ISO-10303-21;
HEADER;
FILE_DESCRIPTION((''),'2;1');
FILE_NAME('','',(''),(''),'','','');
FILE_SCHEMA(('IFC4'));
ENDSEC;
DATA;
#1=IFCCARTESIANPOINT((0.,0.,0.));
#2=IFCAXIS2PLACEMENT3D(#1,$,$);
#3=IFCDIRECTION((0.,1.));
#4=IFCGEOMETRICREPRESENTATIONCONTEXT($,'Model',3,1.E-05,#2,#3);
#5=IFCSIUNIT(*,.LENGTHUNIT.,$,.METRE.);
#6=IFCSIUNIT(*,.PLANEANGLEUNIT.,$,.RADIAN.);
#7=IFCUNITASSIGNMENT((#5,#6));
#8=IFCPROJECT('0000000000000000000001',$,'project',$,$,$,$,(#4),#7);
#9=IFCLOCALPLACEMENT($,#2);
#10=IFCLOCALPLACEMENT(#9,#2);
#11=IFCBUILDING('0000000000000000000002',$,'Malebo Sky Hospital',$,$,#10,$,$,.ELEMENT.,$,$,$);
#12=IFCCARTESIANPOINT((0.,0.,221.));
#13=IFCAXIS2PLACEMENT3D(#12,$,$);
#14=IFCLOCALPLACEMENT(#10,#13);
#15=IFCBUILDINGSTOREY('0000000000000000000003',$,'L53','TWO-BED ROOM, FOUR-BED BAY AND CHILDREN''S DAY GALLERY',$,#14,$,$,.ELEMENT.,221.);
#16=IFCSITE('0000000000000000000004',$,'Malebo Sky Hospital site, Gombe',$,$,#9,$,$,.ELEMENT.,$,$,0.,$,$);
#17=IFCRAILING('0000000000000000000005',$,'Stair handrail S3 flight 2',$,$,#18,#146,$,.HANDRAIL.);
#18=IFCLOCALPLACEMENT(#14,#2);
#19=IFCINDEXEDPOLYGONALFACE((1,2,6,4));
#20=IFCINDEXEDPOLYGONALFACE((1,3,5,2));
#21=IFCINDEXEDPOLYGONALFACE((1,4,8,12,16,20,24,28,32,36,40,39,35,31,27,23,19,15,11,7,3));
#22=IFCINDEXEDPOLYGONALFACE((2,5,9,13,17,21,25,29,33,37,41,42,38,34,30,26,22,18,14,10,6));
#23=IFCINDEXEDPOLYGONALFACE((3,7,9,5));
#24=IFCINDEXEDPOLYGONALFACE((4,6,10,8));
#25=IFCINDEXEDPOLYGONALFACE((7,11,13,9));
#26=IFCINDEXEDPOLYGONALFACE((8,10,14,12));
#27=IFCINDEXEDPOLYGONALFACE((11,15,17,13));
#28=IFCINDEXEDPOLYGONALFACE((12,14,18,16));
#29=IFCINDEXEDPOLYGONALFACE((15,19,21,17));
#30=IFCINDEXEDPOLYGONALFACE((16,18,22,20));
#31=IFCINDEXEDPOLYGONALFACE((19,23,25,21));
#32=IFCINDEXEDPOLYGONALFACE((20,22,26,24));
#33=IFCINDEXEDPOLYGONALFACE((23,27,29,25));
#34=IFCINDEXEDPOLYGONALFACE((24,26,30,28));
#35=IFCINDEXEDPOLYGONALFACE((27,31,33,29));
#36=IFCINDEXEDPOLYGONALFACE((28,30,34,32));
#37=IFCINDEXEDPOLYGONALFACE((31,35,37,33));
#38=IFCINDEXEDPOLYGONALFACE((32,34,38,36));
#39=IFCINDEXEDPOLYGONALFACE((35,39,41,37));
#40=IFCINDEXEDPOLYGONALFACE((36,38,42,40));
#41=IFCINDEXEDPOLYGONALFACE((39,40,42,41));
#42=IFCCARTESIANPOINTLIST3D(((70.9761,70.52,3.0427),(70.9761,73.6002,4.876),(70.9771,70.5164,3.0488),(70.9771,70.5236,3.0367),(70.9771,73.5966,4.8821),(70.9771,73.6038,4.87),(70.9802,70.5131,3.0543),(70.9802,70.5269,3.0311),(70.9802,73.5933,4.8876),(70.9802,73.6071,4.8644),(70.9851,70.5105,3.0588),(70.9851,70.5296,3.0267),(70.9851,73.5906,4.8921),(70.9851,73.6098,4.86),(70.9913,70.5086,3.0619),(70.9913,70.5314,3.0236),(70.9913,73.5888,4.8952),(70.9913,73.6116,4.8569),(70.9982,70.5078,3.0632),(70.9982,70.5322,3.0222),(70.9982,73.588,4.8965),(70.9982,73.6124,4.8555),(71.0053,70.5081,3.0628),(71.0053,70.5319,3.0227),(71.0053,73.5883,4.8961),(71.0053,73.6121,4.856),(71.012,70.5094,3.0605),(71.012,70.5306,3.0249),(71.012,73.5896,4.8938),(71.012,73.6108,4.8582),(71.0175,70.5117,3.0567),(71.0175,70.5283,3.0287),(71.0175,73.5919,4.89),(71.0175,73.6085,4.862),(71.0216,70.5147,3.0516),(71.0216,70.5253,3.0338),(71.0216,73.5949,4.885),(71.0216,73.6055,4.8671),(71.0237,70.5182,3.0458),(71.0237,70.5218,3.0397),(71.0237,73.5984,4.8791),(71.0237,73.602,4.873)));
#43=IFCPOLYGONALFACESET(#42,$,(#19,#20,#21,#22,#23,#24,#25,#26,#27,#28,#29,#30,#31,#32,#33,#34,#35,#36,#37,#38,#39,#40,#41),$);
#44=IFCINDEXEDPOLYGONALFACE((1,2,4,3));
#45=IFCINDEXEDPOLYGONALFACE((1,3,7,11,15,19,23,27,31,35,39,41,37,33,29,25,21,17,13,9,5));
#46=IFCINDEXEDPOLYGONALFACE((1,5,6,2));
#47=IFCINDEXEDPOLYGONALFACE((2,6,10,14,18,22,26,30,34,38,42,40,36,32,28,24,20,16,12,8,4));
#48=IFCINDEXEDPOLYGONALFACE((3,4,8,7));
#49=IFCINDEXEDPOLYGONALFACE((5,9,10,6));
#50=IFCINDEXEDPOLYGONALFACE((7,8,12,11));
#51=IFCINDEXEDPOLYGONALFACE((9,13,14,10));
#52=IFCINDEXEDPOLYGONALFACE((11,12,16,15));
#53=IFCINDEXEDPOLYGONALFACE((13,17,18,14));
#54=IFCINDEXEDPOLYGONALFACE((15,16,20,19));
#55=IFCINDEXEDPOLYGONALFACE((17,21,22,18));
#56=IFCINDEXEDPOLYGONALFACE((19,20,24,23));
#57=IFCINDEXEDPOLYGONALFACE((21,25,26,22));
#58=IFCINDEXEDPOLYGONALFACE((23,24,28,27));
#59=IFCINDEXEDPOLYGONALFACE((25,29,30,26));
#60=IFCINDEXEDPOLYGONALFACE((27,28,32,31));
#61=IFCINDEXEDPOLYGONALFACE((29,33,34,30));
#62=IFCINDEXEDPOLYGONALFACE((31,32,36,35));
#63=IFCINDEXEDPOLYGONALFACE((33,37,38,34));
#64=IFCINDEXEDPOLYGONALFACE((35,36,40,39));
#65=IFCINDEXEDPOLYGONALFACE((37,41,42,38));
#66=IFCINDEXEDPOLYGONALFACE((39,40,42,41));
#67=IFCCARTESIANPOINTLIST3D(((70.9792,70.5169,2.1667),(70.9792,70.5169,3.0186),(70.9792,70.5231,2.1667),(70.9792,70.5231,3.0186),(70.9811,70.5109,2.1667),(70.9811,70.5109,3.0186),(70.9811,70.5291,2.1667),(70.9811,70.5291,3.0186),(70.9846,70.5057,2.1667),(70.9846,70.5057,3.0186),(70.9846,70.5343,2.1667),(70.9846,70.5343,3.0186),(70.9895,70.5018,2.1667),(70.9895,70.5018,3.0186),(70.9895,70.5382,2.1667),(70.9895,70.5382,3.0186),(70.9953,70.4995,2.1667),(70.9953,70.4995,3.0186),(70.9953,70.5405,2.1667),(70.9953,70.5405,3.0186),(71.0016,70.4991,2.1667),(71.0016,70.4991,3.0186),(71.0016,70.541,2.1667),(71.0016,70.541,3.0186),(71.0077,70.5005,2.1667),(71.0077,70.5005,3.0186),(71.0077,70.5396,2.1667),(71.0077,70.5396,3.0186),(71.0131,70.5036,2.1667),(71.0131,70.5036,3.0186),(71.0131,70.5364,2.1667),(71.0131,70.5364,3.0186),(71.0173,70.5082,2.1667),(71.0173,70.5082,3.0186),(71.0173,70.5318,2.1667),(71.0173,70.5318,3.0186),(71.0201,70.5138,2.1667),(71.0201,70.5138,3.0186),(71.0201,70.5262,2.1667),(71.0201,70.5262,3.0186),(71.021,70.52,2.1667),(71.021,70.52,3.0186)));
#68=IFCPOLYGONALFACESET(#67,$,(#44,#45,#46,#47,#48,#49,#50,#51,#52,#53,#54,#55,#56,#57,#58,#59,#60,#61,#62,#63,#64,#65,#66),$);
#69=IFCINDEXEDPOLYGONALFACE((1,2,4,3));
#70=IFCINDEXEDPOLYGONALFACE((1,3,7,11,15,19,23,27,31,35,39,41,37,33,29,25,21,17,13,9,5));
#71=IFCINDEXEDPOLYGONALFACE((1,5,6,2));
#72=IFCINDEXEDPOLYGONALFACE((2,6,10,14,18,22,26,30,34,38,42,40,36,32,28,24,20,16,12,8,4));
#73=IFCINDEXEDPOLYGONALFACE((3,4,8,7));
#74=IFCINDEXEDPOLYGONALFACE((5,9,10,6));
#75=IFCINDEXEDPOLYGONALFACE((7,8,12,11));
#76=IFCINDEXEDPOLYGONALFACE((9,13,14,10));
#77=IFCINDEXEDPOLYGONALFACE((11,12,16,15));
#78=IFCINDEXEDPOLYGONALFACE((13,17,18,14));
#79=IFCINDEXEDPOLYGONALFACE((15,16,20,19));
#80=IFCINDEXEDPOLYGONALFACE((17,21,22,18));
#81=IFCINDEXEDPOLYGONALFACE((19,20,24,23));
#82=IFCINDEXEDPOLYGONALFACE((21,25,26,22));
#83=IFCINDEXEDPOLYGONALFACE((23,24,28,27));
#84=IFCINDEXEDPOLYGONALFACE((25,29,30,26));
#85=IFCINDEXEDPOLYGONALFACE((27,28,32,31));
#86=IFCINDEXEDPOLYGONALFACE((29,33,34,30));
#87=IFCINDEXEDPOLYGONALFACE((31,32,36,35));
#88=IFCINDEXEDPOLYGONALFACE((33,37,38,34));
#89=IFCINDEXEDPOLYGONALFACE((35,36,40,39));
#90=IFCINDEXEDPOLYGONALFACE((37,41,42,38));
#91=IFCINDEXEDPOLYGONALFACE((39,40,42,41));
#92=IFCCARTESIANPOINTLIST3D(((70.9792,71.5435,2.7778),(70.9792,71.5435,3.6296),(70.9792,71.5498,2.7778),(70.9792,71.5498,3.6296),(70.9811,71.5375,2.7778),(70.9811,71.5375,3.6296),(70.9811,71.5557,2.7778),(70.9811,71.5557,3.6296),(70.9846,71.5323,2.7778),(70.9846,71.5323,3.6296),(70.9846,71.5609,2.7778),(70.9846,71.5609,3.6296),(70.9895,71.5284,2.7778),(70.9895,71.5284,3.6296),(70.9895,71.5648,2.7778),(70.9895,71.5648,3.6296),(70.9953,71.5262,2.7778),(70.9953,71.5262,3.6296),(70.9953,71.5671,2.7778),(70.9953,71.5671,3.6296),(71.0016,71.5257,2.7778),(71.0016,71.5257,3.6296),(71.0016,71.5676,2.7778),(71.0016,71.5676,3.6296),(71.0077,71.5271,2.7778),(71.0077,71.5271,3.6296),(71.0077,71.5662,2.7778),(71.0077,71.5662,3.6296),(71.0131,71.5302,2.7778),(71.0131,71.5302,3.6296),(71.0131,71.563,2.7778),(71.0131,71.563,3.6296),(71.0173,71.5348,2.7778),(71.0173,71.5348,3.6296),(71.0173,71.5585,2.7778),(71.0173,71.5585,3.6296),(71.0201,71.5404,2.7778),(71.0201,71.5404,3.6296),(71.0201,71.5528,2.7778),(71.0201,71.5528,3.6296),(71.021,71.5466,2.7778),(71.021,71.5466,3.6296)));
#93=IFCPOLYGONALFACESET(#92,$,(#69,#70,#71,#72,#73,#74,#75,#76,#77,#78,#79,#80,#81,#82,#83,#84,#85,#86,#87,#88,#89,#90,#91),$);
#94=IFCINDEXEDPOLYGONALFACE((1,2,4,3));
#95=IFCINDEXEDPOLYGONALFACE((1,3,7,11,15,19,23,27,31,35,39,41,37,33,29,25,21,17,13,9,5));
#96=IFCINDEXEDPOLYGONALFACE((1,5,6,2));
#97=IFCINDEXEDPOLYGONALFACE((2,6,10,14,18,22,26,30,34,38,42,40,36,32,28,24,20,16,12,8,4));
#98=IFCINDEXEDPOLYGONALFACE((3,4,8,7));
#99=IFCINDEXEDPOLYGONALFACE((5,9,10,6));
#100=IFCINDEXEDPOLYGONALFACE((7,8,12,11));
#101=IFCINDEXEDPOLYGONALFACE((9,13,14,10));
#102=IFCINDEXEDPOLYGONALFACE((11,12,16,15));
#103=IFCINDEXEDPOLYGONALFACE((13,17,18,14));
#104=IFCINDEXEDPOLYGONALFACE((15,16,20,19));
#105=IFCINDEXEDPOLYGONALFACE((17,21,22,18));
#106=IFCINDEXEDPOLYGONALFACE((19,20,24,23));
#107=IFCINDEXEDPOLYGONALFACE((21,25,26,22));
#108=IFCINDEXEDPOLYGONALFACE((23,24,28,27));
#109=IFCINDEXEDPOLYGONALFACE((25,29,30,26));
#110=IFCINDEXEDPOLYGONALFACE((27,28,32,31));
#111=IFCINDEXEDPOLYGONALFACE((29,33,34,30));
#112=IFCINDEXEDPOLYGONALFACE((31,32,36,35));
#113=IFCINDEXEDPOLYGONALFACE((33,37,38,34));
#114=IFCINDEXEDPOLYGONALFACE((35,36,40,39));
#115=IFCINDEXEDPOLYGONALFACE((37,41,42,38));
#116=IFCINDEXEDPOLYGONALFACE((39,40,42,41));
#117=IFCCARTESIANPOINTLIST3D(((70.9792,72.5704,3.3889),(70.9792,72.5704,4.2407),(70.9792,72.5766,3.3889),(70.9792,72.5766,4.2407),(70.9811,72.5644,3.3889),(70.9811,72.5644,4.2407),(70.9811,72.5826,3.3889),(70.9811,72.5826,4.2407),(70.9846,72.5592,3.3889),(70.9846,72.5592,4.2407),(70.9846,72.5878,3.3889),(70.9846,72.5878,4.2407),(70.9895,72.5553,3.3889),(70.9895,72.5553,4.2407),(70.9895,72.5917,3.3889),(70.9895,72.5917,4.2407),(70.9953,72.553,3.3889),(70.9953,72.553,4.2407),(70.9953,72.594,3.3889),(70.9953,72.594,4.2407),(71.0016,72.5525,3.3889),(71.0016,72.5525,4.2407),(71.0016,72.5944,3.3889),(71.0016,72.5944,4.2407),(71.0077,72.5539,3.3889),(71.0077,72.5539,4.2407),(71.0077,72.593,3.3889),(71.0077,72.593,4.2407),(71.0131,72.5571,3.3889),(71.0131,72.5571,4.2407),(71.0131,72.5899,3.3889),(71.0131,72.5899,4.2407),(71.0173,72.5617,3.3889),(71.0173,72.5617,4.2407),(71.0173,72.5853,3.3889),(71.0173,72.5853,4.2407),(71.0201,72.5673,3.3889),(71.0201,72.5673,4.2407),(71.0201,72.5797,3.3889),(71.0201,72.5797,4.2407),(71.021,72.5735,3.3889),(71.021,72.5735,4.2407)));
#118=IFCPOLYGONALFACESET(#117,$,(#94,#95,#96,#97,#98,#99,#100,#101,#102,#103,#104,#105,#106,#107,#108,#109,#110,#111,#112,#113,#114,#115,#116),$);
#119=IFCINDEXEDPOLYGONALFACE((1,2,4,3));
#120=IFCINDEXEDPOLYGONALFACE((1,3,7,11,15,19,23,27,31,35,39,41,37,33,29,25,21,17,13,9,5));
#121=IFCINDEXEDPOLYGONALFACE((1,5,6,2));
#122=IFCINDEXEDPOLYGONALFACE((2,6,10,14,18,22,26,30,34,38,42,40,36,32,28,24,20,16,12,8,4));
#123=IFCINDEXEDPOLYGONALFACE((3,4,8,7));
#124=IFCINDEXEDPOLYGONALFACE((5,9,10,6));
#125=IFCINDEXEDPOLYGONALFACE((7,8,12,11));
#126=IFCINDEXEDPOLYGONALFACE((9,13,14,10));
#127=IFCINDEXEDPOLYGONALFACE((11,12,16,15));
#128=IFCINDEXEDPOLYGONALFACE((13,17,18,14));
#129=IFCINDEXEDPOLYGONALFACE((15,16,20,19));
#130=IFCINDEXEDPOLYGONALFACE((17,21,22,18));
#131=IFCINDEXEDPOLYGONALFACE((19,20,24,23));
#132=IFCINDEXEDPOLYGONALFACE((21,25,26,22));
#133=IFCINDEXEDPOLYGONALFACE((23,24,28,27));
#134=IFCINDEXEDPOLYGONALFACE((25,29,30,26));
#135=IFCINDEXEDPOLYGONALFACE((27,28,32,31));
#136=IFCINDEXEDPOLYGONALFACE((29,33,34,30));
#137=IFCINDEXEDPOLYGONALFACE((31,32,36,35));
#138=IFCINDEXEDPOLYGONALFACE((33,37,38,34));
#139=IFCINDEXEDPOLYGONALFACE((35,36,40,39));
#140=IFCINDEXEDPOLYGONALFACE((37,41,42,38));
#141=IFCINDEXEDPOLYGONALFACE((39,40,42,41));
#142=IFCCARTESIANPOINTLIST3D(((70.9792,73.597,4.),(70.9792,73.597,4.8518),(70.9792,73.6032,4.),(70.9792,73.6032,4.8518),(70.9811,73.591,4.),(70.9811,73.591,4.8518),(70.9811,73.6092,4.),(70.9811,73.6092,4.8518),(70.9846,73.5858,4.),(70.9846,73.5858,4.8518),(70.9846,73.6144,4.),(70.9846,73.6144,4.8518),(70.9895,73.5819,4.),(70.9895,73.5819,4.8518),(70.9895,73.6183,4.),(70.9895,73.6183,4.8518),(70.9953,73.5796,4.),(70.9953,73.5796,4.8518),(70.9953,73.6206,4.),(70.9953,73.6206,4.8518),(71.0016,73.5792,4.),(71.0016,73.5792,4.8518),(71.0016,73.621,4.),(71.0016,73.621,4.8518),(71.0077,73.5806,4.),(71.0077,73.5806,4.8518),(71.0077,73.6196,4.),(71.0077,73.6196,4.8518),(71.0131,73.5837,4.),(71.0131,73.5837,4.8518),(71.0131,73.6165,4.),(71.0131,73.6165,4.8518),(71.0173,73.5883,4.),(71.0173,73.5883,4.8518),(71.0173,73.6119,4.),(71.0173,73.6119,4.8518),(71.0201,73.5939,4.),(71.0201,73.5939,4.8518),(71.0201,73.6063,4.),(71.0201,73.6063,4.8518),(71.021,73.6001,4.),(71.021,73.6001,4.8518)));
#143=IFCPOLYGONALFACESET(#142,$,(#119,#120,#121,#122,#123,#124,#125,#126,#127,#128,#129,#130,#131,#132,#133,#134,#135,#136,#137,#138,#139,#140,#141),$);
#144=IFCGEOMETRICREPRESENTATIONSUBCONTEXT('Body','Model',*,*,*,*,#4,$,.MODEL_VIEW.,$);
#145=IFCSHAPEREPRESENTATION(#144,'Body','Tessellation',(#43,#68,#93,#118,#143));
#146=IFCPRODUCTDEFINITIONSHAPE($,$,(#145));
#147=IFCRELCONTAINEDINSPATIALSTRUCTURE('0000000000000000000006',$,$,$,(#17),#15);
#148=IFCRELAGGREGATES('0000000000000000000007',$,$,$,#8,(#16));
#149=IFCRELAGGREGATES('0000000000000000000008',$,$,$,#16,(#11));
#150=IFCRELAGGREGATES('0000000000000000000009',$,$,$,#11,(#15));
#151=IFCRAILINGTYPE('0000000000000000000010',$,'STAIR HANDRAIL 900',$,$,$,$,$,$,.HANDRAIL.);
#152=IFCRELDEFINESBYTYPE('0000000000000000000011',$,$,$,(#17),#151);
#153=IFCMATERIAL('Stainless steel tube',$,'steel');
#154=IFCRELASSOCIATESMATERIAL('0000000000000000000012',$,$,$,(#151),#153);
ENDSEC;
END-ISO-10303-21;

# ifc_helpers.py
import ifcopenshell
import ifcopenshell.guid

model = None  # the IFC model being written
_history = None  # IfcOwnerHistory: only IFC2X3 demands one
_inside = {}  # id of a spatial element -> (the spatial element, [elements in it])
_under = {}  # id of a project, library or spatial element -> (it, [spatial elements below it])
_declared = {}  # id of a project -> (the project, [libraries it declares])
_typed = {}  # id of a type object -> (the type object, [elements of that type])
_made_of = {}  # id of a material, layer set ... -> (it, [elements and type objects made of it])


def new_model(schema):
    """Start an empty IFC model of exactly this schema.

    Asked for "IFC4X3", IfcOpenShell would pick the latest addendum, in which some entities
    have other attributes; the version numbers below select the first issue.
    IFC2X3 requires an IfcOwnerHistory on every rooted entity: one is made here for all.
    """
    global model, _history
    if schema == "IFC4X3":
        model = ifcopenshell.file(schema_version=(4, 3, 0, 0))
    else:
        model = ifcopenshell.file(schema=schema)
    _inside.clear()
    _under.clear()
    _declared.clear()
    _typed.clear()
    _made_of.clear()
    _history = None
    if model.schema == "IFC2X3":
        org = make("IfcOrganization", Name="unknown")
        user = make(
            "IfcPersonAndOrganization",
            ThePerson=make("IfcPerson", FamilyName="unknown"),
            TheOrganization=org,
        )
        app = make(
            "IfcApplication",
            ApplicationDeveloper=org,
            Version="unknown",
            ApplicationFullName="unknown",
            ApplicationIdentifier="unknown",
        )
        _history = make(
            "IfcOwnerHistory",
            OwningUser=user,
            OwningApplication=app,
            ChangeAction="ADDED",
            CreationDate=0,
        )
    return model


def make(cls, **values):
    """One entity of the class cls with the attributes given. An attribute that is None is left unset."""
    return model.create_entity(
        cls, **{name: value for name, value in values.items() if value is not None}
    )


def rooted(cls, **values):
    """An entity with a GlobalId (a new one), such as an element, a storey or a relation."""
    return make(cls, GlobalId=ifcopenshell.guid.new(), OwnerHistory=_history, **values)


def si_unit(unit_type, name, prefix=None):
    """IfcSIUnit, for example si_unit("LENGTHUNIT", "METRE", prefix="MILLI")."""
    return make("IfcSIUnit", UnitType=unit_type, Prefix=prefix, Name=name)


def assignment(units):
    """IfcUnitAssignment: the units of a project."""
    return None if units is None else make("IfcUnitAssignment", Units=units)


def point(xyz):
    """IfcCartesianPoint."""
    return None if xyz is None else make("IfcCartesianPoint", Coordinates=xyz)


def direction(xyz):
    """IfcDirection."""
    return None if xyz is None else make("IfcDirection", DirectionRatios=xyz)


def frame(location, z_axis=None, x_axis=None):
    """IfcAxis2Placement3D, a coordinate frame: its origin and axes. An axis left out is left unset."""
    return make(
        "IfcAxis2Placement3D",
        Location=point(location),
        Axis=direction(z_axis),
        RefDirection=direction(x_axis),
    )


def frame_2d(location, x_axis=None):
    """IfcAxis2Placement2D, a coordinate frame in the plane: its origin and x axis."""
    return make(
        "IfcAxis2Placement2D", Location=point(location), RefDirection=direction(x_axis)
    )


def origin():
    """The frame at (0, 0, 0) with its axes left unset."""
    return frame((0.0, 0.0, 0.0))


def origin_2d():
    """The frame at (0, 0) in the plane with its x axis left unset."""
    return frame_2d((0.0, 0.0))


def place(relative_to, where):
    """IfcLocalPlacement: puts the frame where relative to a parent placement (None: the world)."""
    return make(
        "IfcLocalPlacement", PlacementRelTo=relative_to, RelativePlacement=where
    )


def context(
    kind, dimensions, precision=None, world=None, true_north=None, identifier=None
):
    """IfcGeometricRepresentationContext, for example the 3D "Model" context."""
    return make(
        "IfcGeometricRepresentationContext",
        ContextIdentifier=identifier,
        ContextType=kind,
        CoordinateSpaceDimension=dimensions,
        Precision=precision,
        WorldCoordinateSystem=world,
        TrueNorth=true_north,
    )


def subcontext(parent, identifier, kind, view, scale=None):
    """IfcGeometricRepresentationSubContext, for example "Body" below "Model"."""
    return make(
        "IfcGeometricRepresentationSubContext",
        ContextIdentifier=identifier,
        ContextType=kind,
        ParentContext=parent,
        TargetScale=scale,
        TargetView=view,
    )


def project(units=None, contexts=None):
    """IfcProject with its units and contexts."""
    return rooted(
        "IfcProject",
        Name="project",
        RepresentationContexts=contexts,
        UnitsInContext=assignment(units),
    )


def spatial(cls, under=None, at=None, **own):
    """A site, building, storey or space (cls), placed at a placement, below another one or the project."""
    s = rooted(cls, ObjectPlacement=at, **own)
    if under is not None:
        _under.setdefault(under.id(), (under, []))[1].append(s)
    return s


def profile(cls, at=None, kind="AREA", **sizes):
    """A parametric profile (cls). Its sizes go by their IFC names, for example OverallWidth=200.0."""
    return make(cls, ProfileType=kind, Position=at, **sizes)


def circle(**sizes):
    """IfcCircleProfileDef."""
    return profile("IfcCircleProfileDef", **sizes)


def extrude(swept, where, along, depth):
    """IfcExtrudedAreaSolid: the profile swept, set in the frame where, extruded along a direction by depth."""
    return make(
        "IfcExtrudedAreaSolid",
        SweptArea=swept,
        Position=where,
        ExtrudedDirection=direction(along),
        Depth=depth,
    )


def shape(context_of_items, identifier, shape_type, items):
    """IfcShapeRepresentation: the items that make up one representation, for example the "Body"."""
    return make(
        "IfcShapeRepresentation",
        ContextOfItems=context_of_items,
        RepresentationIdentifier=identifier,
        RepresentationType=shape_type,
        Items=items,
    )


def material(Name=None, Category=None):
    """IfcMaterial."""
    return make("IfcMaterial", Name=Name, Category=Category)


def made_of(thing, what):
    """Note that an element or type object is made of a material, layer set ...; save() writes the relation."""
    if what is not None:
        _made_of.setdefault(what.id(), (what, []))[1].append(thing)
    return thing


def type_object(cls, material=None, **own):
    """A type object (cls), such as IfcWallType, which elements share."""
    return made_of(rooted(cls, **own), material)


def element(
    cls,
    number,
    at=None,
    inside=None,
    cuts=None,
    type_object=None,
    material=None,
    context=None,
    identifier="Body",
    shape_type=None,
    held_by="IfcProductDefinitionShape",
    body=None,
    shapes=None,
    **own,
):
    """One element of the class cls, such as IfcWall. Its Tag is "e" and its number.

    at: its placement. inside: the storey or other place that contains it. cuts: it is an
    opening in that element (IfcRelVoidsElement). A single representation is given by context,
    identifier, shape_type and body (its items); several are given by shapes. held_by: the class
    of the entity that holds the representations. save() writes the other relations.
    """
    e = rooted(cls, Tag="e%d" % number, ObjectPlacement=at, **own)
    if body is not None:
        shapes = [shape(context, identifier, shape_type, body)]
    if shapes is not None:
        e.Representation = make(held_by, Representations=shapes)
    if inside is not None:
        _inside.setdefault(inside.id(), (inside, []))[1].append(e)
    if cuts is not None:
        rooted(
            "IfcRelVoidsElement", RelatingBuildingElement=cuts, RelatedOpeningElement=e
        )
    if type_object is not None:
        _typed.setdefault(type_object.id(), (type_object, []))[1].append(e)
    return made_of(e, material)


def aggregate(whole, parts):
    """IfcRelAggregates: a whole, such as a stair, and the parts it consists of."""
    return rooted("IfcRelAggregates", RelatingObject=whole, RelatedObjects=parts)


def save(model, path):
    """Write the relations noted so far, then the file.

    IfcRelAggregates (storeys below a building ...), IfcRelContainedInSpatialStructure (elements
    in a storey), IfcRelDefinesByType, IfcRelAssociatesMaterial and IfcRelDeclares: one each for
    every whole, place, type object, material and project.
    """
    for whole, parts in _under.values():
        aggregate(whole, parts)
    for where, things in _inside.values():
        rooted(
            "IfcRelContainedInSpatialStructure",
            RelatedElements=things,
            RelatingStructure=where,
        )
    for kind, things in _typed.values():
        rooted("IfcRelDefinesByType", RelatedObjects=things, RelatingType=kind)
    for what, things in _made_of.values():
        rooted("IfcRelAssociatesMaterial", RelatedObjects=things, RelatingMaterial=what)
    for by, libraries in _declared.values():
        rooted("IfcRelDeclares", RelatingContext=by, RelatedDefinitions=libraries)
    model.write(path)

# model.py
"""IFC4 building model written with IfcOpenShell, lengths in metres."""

from ifc_helpers import new_model, si_unit, direction, frame, origin, origin_2d, place, context, subcontext, project, spatial, circle, extrude, material, type_object, element, save


model = new_model("IFC4")

# Units and contexts
model_context = context("Model", 3, precision=1e-05, world=origin(), true_north=direction((0.0, 1.0)))
body_context = subcontext(model_context, "Body", "Model", "MODEL_VIEW")
ifc_project = project(units=[si_unit("LENGTHUNIT", "METRE"), si_unit("PLANEANGLEUNIT", "RADIAN")], contexts=[model_context])

# Site, building, storey
site_placement = place(None, origin())
site = spatial("IfcSite", under=ifc_project, at=site_placement, Name="Malebo Sky Hospital site, Gombe", CompositionType="ELEMENT", RefElevation=0.0)
building_placement = place(site_placement, origin())
building = spatial("IfcBuilding", under=site, at=building_placement, Name="Malebo Sky Hospital", CompositionType="ELEMENT")
storey_placement = place(building_placement, frame((0.0, 0.0, 221.0)))
storey = spatial("IfcBuildingStorey", under=building, at=storey_placement, Name="L53", Description="TWO-BED ROOM, FOUR-BED BAY AND CHILDREN'S DAY GALLERY", CompositionType="ELEMENT", Elevation=221.0)

# Railing
ifc_material_1 = material(Name="Stainless steel tube", Category="steel")
railing_type = type_object("IfcRailingType", Name="STAIR HANDRAIL 900", PredefinedType="HANDRAIL", material=ifc_material_1)
railing_1_placement = place(storey_placement, frame((71.0, 70.52, 2.1667)))
element("IfcRailing", 1, at=railing_1_placement, inside=storey, type_object=railing_type, Name="Stair handrail S3 flight 2", PredefinedType="HANDRAIL", context=body_context, shape_type="SweptSolid", body=[
    extrude(circle(Radius=0.0239, at=origin_2d()), frame((0.0, 0.0, 0.876), z_axis=(0.0, 0.859309, 0.511458), x_axis=(-1.0, 0.0, 0.0)), (0.0, 0.0, 1.0), 3.5845),
    extrude(circle(Radius=0.021, at=origin_2d()), origin(), (0.0, 0.0, 1.0), 0.8518),
    extrude(circle(Radius=0.021, at=origin_2d()), frame((0.0, 1.0266, 0.6111)), (0.0, 0.0, 1.0), 0.8518),
    extrude(circle(Radius=0.021, at=origin_2d()), frame((0.0, 2.0535, 1.2222)), (0.0, 0.0, 1.0), 0.8518),
    extrude(circle(Radius=0.021, at=origin_2d()), frame((0.0, 3.0801, 1.8333)), (0.0, 0.0, 1.0), 0.8518),
])

save(model, "model.ifc")
